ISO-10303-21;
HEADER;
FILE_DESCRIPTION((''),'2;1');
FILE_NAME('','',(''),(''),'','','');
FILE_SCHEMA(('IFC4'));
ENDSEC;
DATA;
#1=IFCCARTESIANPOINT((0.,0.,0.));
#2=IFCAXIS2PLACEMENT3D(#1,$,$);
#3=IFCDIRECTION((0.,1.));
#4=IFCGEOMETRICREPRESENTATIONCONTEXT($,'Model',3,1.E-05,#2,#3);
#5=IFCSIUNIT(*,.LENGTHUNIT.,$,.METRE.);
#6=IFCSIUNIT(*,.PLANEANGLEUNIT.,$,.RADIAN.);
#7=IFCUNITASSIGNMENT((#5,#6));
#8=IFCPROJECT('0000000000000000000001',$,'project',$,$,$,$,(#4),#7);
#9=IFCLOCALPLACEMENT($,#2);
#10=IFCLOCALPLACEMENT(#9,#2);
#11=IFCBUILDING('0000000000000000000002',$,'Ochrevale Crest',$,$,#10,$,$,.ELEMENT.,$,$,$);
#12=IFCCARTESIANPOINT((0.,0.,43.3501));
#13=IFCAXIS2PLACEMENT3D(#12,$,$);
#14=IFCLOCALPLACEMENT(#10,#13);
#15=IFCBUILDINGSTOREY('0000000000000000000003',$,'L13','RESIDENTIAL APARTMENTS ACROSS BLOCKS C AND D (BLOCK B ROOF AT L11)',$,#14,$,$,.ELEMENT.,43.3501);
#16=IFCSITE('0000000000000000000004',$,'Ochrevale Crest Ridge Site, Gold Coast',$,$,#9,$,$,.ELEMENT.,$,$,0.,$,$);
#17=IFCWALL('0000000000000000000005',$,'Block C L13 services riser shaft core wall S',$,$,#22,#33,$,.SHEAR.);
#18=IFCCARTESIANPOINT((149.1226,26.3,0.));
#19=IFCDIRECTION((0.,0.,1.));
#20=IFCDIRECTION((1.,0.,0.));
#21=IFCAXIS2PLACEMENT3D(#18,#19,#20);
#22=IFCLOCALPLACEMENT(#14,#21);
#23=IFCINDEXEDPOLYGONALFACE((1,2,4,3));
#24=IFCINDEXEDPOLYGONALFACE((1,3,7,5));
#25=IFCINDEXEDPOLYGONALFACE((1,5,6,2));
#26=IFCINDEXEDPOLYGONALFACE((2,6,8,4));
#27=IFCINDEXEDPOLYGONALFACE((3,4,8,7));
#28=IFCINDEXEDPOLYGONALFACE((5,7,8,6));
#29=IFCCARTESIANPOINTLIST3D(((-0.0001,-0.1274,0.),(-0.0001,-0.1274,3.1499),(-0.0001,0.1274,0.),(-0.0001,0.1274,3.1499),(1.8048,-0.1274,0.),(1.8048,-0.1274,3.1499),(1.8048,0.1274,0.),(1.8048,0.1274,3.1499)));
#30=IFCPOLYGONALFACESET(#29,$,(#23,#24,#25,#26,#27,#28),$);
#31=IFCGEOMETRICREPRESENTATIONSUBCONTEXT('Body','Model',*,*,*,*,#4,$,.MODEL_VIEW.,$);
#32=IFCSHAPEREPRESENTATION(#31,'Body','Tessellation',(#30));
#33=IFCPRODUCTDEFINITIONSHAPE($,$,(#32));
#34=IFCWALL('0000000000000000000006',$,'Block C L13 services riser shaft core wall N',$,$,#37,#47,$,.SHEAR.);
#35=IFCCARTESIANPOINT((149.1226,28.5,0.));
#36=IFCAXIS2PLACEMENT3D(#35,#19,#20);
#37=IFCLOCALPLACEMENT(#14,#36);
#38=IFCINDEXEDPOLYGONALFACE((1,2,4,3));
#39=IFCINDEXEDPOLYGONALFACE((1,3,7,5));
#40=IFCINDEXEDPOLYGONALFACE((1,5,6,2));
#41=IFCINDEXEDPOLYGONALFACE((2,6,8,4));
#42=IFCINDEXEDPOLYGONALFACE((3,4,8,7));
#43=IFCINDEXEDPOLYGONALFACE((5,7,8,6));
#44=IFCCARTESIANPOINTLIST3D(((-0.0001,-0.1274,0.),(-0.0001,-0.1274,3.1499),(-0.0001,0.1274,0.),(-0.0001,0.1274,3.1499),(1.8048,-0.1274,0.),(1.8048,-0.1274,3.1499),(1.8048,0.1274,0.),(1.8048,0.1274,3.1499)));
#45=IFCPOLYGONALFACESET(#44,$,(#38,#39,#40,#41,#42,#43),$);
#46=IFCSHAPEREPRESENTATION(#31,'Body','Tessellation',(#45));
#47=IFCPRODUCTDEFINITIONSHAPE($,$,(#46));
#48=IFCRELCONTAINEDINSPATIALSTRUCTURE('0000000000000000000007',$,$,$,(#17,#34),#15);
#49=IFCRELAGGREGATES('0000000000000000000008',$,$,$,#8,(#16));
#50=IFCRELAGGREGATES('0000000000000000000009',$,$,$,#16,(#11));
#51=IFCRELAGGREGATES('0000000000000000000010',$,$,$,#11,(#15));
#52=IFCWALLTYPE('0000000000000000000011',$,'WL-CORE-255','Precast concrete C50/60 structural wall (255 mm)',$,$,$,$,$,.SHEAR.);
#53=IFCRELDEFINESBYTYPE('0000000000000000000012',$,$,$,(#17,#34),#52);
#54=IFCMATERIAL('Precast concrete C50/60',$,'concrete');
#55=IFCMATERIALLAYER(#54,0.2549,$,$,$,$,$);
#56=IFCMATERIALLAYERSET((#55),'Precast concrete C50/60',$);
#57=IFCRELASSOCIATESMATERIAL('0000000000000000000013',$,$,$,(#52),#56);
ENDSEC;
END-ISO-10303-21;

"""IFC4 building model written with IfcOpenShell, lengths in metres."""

from ifc_helpers import new_model, si_unit, direction, frame, frame_2d, origin, place, context, subcontext, project, spatial, rectangle, extrude, material, layer, layer_set, type_object, element, save


model = new_model("IFC4")

# Units and contexts
model_context = context("Model", 3, precision=1e-05, world=origin(), true_north=direction((0.0, 1.0)))
body_context = subcontext(model_context, "Body", "Model", "MODEL_VIEW")
ifc_project = project(units=[si_unit("LENGTHUNIT", "METRE"), si_unit("PLANEANGLEUNIT", "RADIAN")], contexts=[model_context])

# Site, building, storey
site_placement = place(None, origin())
site = spatial("IfcSite", under=ifc_project, at=site_placement, Name="Ochrevale Crest Ridge Site, Gold Coast", CompositionType="ELEMENT", RefElevation=0.0)
building_placement = place(site_placement, origin())
building = spatial("IfcBuilding", under=site, at=building_placement, Name="Ochrevale Crest", CompositionType="ELEMENT")
storey_placement = place(building_placement, frame((0.0, 0.0, 43.3501)))
storey = spatial("IfcBuildingStorey", under=building, at=storey_placement, Name="L13", Description="RESIDENTIAL APARTMENTS ACROSS BLOCKS C AND D (BLOCK B ROOF AT L11)", CompositionType="ELEMENT", Elevation=43.3501)

# Shared definitions
ifc_material_1 = material(Name="Precast concrete C50/60", Category="concrete")

# Shared definitions
ifc_layer_1 = layer(ifc_material_1, 0.2549)
ifc_layer_set_1 = layer_set([ifc_layer_1], Name="Precast concrete C50/60")
wall_type_1 = type_object("IfcWallType", Name="WL-CORE-255", Description="Precast concrete C50/60 structural wall (255 mm)", PredefinedType="SHEAR", material=ifc_layer_set_1)

# Walls
for number, where, z_axis, x_axis, name in (
    (1, (149.1226, 26.3, 0.0), (0.0, 0.0, 1.0), (1.0, 0.0, 0.0), "Block C L13 services riser shaft core wall S"),
    (2, (149.1226, 28.5, 0.0), (0.0, 0.0, 1.0), (1.0, 0.0, 0.0), "Block C L13 services riser shaft core wall N"),
):
    element("IfcWall", number, at=place(storey_placement, frame(where, z_axis=z_axis, x_axis=x_axis)), inside=storey, type_object=wall_type_1, Name=name, PredefinedType="SHEAR", context=body_context, shape_type="SweptSolid", body=[
        extrude(rectangle(XDim=1.8049, YDim=0.2549, at=frame_2d((0.9023, 0.0))), origin(), (0.0, 0.0, 1.0), 3.1499),
    ])

save(model, "model.ifc")
